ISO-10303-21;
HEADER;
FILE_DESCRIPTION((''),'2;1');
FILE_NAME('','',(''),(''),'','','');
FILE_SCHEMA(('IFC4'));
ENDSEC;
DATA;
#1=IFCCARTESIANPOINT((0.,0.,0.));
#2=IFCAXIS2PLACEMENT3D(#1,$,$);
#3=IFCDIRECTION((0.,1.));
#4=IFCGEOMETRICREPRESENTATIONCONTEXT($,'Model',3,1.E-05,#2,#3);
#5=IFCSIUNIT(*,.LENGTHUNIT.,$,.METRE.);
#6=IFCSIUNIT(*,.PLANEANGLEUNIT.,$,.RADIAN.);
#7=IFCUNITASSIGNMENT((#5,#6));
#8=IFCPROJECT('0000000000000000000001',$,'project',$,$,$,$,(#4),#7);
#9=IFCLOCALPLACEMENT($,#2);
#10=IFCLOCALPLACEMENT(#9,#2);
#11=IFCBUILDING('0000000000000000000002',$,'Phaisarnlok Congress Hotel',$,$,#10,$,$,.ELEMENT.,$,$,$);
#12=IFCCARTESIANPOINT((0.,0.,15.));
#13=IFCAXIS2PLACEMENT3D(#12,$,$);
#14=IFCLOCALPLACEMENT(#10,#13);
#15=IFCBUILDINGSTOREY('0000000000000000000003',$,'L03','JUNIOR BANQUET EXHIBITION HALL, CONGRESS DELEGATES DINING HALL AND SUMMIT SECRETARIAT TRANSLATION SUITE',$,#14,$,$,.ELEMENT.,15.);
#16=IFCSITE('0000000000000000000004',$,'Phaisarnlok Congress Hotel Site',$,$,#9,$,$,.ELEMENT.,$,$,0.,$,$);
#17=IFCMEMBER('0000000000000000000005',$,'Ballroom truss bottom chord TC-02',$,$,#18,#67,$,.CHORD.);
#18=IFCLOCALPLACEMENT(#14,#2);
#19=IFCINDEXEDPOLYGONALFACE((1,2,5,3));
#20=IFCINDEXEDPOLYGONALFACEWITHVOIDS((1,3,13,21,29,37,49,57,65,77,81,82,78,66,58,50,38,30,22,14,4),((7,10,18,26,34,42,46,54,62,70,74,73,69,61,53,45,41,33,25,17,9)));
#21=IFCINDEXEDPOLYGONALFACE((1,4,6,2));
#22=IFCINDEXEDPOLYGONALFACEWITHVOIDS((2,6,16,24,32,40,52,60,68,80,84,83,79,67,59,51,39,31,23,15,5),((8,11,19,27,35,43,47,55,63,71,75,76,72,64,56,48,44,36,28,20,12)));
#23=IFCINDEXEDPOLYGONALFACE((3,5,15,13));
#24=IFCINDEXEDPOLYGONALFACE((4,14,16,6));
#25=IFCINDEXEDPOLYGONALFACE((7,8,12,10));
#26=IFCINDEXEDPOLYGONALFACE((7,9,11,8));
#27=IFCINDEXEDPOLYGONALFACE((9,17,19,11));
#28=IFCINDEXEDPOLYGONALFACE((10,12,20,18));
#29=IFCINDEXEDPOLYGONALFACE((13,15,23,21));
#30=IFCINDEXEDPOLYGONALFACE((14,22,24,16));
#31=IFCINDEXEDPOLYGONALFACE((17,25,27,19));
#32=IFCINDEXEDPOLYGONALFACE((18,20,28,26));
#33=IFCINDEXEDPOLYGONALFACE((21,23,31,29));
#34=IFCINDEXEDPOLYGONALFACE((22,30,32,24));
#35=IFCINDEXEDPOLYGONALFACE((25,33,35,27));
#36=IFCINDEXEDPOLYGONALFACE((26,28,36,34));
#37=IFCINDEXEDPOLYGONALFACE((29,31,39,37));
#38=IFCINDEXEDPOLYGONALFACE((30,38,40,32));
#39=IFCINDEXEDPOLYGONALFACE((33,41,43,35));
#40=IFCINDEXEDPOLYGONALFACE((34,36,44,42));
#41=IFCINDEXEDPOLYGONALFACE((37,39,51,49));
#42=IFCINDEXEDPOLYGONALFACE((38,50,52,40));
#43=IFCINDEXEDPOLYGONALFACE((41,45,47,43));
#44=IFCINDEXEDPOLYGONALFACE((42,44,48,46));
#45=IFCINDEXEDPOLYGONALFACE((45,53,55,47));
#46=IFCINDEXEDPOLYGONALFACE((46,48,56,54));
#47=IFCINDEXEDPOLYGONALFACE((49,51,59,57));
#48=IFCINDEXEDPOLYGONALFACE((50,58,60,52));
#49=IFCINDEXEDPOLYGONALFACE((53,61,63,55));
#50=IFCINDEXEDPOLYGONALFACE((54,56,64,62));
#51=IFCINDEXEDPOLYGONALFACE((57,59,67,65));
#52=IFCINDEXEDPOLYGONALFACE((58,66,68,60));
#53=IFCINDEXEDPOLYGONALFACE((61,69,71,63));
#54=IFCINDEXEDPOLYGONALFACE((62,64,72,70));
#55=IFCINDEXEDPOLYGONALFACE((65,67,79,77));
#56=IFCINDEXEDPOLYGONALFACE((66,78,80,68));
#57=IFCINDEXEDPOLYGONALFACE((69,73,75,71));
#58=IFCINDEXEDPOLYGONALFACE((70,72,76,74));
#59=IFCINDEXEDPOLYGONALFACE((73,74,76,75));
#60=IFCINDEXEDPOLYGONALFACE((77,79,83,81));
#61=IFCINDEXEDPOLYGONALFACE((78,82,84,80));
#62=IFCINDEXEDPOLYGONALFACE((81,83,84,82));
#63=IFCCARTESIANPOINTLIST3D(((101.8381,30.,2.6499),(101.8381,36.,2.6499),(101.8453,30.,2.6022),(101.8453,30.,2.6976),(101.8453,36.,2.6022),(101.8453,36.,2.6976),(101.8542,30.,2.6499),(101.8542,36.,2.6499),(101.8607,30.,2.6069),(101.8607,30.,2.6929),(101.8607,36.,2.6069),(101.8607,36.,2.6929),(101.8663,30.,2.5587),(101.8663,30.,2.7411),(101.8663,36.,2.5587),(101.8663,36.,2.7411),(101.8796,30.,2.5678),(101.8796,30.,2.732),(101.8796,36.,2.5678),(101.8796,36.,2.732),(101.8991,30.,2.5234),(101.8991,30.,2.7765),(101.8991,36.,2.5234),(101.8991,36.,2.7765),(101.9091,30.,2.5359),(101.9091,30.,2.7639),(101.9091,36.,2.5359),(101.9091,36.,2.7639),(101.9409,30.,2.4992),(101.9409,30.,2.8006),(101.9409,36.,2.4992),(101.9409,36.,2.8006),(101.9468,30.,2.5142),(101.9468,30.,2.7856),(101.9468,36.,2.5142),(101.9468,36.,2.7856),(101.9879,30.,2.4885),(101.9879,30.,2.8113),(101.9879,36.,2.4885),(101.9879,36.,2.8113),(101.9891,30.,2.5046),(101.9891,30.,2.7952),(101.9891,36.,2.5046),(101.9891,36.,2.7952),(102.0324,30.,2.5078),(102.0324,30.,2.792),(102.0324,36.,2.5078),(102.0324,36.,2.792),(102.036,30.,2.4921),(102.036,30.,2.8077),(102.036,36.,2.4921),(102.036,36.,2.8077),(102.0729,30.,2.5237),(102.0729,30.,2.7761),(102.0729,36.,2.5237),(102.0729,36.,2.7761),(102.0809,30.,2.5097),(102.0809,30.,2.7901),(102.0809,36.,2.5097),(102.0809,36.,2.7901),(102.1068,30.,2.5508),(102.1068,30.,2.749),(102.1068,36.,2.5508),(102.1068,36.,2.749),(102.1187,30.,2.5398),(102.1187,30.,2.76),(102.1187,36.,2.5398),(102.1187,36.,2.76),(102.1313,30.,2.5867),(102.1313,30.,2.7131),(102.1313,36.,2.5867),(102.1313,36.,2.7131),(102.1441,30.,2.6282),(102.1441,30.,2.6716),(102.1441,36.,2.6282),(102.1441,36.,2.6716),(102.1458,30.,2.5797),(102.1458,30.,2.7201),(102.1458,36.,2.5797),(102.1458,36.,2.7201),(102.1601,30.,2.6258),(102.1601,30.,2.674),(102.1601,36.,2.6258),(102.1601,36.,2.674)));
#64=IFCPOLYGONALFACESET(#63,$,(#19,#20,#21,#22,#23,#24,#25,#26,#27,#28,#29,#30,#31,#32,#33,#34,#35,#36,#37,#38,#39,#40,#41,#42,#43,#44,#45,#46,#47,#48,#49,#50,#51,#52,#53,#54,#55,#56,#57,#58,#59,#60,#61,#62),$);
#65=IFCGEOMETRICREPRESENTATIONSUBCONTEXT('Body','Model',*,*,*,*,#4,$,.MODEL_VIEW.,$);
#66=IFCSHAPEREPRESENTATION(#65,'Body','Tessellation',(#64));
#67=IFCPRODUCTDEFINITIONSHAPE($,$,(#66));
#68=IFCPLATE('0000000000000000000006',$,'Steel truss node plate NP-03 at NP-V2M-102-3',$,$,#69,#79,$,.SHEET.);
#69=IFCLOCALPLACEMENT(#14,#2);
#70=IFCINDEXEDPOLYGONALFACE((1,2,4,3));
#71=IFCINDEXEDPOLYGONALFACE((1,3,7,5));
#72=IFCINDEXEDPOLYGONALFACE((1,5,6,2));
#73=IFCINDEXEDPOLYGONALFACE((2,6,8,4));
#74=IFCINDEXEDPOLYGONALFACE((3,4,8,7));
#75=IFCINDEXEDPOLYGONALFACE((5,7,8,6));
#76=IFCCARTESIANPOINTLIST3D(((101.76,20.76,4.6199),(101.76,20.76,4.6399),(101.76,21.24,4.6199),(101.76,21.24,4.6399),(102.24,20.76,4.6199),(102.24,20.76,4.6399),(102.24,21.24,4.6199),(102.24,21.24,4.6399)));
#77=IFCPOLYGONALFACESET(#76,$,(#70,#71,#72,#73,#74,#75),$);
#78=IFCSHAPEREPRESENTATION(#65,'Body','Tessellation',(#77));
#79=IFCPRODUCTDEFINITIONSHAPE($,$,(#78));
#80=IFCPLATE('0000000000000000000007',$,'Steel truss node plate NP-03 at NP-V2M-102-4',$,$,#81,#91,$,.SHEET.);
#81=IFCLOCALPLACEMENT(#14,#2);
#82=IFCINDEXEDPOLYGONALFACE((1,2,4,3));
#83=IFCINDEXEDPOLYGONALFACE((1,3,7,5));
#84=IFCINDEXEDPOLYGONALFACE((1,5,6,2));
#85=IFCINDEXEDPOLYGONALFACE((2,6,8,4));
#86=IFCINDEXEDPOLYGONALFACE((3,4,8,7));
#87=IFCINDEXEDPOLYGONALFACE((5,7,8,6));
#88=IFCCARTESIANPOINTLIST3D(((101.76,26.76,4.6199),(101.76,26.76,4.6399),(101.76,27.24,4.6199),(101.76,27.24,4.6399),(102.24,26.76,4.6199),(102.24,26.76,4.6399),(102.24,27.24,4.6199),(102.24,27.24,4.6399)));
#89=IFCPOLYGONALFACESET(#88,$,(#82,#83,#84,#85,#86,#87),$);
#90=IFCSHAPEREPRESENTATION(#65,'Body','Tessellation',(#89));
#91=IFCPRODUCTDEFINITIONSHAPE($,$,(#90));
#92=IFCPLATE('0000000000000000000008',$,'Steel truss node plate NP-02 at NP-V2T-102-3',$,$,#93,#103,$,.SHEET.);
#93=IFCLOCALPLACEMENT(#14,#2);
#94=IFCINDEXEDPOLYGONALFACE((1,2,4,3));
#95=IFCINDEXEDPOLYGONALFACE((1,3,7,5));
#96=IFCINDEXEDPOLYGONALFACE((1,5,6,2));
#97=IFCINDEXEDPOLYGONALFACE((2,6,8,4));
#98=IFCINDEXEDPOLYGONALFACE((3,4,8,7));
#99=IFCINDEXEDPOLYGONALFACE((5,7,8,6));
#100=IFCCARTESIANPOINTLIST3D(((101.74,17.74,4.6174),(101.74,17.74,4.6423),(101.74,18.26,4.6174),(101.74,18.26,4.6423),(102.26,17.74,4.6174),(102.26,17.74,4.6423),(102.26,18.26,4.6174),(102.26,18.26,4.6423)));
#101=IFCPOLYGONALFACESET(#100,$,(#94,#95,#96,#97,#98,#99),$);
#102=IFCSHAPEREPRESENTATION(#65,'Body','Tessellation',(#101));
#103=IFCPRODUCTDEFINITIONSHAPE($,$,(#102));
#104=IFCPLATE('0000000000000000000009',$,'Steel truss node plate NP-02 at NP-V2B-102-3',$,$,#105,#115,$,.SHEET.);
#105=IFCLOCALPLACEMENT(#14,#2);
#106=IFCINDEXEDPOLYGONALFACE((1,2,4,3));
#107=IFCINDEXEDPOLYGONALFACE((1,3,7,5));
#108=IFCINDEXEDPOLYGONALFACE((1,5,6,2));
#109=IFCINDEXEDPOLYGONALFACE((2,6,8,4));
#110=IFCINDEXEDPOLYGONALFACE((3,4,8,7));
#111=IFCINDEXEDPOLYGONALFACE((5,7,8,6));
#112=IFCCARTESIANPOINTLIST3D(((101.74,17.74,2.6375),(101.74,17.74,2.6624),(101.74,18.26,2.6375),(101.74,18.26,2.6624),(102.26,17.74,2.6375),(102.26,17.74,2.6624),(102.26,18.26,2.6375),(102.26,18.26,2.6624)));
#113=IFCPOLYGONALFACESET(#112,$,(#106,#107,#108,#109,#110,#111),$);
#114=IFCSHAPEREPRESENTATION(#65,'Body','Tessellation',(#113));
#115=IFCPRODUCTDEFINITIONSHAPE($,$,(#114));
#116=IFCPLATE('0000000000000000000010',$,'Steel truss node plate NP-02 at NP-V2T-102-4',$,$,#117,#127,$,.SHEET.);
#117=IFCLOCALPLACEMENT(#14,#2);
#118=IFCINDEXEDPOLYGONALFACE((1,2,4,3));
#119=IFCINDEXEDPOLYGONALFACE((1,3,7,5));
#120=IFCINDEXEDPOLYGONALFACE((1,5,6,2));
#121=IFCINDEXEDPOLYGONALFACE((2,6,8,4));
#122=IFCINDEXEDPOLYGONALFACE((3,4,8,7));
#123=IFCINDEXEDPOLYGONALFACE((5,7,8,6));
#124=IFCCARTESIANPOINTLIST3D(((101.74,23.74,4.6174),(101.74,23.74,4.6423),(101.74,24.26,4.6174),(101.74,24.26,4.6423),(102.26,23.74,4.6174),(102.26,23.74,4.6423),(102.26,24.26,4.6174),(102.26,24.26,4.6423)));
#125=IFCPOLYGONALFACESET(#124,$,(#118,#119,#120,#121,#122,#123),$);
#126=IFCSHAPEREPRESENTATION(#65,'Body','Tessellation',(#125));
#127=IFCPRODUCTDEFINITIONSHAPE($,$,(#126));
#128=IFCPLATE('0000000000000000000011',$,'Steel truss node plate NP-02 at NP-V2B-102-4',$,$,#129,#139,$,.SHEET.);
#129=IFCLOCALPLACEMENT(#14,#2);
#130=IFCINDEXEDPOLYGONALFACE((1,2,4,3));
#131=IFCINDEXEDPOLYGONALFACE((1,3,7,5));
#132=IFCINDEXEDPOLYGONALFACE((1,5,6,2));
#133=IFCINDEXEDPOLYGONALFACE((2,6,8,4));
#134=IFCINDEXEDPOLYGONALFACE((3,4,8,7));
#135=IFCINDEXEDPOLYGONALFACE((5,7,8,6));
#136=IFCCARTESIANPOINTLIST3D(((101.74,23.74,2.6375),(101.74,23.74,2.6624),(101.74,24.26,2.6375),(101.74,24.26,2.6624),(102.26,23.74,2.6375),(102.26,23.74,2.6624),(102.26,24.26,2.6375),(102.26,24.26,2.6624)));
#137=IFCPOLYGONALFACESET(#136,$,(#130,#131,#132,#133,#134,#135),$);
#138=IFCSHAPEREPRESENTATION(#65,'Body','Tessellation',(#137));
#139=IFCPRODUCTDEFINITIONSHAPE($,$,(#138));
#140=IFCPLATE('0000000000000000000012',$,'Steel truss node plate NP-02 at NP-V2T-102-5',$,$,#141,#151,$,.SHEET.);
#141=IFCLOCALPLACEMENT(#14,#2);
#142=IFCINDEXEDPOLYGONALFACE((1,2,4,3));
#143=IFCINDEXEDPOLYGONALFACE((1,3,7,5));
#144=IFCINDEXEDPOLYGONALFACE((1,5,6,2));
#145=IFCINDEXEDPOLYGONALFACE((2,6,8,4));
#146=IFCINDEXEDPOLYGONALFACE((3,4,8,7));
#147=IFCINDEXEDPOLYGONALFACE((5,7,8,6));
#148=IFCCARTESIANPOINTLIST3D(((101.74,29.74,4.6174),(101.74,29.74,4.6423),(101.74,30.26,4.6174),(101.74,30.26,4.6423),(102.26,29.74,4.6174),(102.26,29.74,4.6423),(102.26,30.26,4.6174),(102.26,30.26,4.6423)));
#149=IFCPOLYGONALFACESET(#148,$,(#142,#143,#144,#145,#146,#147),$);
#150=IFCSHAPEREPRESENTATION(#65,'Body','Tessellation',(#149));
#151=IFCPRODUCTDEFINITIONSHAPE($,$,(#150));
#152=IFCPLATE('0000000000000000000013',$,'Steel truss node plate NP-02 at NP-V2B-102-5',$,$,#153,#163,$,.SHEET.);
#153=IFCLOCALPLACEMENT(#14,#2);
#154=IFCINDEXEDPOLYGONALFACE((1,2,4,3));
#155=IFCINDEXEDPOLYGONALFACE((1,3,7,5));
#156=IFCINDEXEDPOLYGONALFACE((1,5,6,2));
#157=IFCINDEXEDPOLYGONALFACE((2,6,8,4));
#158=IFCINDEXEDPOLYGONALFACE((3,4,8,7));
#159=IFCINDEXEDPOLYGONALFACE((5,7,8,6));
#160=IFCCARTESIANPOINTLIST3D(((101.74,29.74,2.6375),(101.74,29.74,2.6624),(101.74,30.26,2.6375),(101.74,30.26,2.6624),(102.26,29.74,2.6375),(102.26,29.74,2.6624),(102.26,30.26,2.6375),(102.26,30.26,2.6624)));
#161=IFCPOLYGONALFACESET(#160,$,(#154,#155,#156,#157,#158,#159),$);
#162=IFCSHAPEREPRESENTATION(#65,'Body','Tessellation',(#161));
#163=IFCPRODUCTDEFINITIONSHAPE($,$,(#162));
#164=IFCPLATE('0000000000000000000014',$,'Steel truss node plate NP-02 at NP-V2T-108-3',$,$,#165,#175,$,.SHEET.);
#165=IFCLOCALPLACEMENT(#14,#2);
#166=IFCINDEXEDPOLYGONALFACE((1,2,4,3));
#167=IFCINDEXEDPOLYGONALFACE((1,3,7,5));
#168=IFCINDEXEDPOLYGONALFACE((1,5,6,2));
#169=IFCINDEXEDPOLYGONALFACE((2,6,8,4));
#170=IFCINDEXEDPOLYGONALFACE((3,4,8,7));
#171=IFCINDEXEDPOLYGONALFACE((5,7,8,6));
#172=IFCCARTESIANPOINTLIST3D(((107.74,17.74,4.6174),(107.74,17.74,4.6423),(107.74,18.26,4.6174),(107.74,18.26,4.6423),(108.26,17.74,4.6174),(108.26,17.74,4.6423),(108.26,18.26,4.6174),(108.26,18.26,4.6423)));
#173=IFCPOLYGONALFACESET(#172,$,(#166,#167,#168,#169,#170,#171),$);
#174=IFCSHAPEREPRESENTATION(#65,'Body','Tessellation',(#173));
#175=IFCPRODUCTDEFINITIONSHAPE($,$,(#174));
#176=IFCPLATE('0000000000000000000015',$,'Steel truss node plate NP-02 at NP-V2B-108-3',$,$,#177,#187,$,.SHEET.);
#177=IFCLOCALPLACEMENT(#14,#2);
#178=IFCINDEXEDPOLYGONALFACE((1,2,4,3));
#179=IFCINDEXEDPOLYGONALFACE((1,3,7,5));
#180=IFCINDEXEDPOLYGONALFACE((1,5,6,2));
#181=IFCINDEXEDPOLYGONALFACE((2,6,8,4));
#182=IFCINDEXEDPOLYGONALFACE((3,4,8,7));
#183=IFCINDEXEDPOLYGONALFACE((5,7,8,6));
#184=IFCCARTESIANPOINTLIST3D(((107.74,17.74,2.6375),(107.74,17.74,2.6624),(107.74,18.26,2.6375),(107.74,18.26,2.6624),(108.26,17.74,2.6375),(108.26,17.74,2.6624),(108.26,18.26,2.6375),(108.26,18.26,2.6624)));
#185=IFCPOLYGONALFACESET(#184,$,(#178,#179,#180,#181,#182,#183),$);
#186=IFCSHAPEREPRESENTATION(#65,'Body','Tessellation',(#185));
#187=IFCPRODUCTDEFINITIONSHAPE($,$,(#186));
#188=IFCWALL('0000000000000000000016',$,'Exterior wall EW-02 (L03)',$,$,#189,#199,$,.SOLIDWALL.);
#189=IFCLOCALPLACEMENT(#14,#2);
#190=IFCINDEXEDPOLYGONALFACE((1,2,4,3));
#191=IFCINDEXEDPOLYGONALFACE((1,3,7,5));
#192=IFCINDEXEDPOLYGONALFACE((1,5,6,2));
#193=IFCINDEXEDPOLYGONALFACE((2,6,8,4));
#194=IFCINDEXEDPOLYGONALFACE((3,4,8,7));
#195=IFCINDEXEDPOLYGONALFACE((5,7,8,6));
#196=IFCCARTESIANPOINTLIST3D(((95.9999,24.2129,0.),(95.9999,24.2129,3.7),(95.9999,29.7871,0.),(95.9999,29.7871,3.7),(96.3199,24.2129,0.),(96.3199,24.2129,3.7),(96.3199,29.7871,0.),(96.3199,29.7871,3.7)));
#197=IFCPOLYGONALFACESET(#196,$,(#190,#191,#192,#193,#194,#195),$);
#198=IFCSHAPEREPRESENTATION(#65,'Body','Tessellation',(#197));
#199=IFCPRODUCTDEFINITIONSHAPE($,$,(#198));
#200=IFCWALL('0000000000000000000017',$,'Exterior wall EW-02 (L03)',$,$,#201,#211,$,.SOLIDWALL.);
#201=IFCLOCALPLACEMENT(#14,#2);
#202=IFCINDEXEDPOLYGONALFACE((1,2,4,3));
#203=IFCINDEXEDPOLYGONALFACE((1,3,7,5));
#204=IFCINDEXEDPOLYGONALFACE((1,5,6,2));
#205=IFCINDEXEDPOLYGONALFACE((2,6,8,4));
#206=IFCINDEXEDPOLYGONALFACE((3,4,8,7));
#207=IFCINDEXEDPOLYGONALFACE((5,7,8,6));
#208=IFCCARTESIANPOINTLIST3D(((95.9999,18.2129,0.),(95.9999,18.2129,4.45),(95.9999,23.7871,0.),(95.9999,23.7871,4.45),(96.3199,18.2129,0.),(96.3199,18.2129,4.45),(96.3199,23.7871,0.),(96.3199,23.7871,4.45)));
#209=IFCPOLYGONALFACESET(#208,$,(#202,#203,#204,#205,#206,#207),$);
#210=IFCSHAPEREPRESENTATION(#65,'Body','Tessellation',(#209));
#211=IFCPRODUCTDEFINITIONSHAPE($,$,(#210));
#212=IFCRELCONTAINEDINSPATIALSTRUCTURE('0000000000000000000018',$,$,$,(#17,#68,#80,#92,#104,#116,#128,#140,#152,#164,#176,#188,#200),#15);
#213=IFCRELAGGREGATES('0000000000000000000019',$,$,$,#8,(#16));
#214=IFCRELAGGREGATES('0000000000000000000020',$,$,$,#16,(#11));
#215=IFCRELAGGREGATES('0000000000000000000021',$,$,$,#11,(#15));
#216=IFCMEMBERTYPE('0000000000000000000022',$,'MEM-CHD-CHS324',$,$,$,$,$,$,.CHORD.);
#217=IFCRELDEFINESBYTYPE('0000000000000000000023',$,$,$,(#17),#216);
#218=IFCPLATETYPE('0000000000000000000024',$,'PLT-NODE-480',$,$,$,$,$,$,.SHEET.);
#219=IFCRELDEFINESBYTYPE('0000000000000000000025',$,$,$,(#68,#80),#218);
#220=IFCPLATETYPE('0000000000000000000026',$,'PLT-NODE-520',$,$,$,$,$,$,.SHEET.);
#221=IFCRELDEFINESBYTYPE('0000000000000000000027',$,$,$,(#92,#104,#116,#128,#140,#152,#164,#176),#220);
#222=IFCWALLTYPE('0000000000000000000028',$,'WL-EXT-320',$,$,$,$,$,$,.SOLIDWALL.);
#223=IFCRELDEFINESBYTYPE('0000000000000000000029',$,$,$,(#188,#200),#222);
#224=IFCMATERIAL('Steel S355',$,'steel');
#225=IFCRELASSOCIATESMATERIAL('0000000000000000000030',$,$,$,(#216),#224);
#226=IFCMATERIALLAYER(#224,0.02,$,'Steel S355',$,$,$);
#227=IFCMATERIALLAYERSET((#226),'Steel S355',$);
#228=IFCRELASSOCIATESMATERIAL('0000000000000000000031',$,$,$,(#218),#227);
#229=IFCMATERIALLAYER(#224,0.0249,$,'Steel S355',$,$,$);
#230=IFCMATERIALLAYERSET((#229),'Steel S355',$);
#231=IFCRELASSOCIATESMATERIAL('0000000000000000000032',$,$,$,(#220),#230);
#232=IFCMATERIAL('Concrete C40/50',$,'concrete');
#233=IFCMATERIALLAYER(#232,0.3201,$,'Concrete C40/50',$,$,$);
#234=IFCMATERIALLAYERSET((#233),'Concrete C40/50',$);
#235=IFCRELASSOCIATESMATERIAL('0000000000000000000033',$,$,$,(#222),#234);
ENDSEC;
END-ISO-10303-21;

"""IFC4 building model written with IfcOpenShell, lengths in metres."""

from ifc_helpers import new_model, si_unit, direction, frame, frame_2d, origin, origin_2d, place, context, subcontext, project, spatial, rectangle, hollow_circle, extrude, material, layer, layer_set, material_profile, profile_set, type_object, element, save


model = new_model("IFC4")

# Units and contexts
model_context = context("Model", 3, precision=1e-05, world=origin(), true_north=direction((0.0, 1.0)))
body_context = subcontext(model_context, "Body", "Model", "MODEL_VIEW")
ifc_project = project(units=[si_unit("LENGTHUNIT", "METRE"), si_unit("PLANEANGLEUNIT", "RADIAN")], contexts=[model_context])

# Site, building, storey
site_placement = place(None, origin())
site = spatial("IfcSite", under=ifc_project, at=site_placement, Name="Phaisarnlok Congress Hotel Site", CompositionType="ELEMENT", RefElevation=0.0)
building_placement = place(site_placement, origin())
building = spatial("IfcBuilding", under=site, at=building_placement, Name="Phaisarnlok Congress Hotel", CompositionType="ELEMENT")
storey_placement = place(building_placement, frame((0.0, 0.0, 15.0)))
storey = spatial("IfcBuildingStorey", under=building, at=storey_placement, Name="L03", Description="JUNIOR BANQUET EXHIBITION HALL, CONGRESS DELEGATES DINING HALL AND SUMMIT SECRETARIAT TRANSLATION SUITE", CompositionType="ELEMENT", Elevation=15.0)

# Member
ifc_material_1 = material(Name="Steel S355", Category="steel")
ifc_material_profile_1 = material_profile(ifc_material_1, hollow_circle(Radius=0.1619, WallThickness=0.0161, at=origin_2d()), Name="CHS 323.9x16")
ifc_profile_set_1 = profile_set([ifc_material_profile_1], Name="Steel S355")
member_type_1 = type_object("IfcMemberType", Name="MEM-CHD-CHS324", PredefinedType="CHORD", material=ifc_profile_set_1)
for number, where, z_axis, x_axis, name in (
    (1, (102.0, 30.0, 2.6499), (0.0, 1.0, 0.0), (-1.0, 0.0, 0.0), "Ballroom truss bottom chord TC-02"),
):
    element("IfcMember", number, at=place(storey_placement, frame(where, z_axis=z_axis, x_axis=x_axis)), inside=storey, type_object=member_type_1, Name=name, PredefinedType="CHORD", context=body_context, shape_type="SweptSolid", body=[
        extrude(hollow_circle(Radius=0.1619, WallThickness=0.0161, at=origin_2d()), origin(), (0.0, 0.0, 1.0), 6.0),
    ])

# Plates
ifc_layer_1 = layer(ifc_material_1, 0.02, Name="Steel S355")
ifc_layer_set_1 = layer_set([ifc_layer_1], Name="Steel S355")
plate_type_1 = type_object("IfcPlateType", Name="PLT-NODE-480", PredefinedType="SHEET", material=ifc_layer_set_1)
for number, where, z_axis, x_axis, name in (
    (2, (102.0, 21.0, 4.6199), (0.0, 0.0, 1.0), (1.0, 0.0, 0.0), "Steel truss node plate NP-03 at NP-V2M-102-3"),
    (3, (102.0, 27.0, 4.6199), (0.0, 0.0, 1.0), (1.0, 0.0, 0.0), "Steel truss node plate NP-03 at NP-V2M-102-4"),
):
    element("IfcPlate", number, at=place(storey_placement, frame(where, z_axis=z_axis, x_axis=x_axis)), inside=storey, type_object=plate_type_1, Name=name, PredefinedType="SHEET", context=body_context, shape_type="SweptSolid", body=[
        extrude(rectangle(XDim=0.48, YDim=0.48, at=origin_2d()), origin(), (0.0, 0.0, 1.0), 0.02),
    ])
ifc_layer_2 = layer(ifc_material_1, 0.0249, Name="Steel S355")
ifc_layer_set_2 = layer_set([ifc_layer_2], Name="Steel S355")
plate_type_2 = type_object("IfcPlateType", Name="PLT-NODE-520", PredefinedType="SHEET", material=ifc_layer_set_2)
for number, where, z_axis, x_axis, name in (
    (4, (102.0, 18.0, 4.6174), (0.0, 0.0, 1.0), (1.0, 0.0, 0.0), "Steel truss node plate NP-02 at NP-V2T-102-3"),
    (5, (102.0, 18.0, 2.6375), (0.0, 0.0, 1.0), (1.0, 0.0, 0.0), "Steel truss node plate NP-02 at NP-V2B-102-3"),
    (6, (102.0, 24.0, 4.6174), (0.0, 0.0, 1.0), (1.0, 0.0, 0.0), "Steel truss node plate NP-02 at NP-V2T-102-4"),
    (7, (102.0, 24.0, 2.6375), (0.0, 0.0, 1.0), (1.0, 0.0, 0.0), "Steel truss node plate NP-02 at NP-V2B-102-4"),
    (8, (102.0, 30.0, 4.6174), (0.0, 0.0, 1.0), (1.0, 0.0, 0.0), "Steel truss node plate NP-02 at NP-V2T-102-5"),
    (9, (102.0, 30.0, 2.6375), (0.0, 0.0, 1.0), (1.0, 0.0, 0.0), "Steel truss node plate NP-02 at NP-V2B-102-5"),
    (10, (108.0, 18.0, 4.6174), (0.0, 0.0, 1.0), (1.0, 0.0, 0.0), "Steel truss node plate NP-02 at NP-V2T-108-3"),
    (11, (108.0, 18.0, 2.6375), (0.0, 0.0, 1.0), (1.0, 0.0, 0.0), "Steel truss node plate NP-02 at NP-V2B-108-3"),
):
    element("IfcPlate", number, at=place(storey_placement, frame(where, z_axis=z_axis, x_axis=x_axis)), inside=storey, type_object=plate_type_2, Name=name, PredefinedType="SHEET", context=body_context, shape_type="SweptSolid", body=[
        extrude(rectangle(XDim=0.52, YDim=0.52, at=origin_2d()), origin(), (0.0, 0.0, 1.0), 0.0249),
    ])

# Walls
ifc_material_2 = material(Name="Concrete C40/50", Category="concrete")
ifc_layer_3 = layer(ifc_material_2, 0.3201, Name="Concrete C40/50")
ifc_layer_set_3 = layer_set([ifc_layer_3], Name="Concrete C40/50")
wall_type = type_object("IfcWallType", Name="WL-EXT-320", PredefinedType="SOLIDWALL", material=ifc_layer_set_3)
wall_1_placement = place(storey_placement, frame((96.1599, 29.7871, 0.0), z_axis=(0.0, 0.0, 1.0), x_axis=(0.0, -1.0, 0.0)))
element("IfcWall", 12, at=wall_1_placement, inside=storey, type_object=wall_type, Name="Exterior wall EW-02 (L03)", PredefinedType="SOLIDWALL", context=body_context, shape_type="SweptSolid", body=[
    extrude(rectangle(XDim=5.5742, YDim=0.3201, at=frame_2d((2.7871, 0.0))), origin(), (0.0, 0.0, 1.0), 3.7),
])
wall_2_placement = place(storey_placement, frame((96.1599, 23.7871, 0.0), z_axis=(0.0, 0.0, 1.0), x_axis=(0.0, -1.0, 0.0)))
element("IfcWall", 13, at=wall_2_placement, inside=storey, type_object=wall_type, Name="Exterior wall EW-02 (L03)", PredefinedType="SOLIDWALL", context=body_context, shape_type="SweptSolid", body=[
    extrude(rectangle(XDim=5.5742, YDim=0.3201, at=frame_2d((2.7871, 0.0))), origin(), (0.0, 0.0, 1.0), 4.45),
])

save(model, "model.ifc")
